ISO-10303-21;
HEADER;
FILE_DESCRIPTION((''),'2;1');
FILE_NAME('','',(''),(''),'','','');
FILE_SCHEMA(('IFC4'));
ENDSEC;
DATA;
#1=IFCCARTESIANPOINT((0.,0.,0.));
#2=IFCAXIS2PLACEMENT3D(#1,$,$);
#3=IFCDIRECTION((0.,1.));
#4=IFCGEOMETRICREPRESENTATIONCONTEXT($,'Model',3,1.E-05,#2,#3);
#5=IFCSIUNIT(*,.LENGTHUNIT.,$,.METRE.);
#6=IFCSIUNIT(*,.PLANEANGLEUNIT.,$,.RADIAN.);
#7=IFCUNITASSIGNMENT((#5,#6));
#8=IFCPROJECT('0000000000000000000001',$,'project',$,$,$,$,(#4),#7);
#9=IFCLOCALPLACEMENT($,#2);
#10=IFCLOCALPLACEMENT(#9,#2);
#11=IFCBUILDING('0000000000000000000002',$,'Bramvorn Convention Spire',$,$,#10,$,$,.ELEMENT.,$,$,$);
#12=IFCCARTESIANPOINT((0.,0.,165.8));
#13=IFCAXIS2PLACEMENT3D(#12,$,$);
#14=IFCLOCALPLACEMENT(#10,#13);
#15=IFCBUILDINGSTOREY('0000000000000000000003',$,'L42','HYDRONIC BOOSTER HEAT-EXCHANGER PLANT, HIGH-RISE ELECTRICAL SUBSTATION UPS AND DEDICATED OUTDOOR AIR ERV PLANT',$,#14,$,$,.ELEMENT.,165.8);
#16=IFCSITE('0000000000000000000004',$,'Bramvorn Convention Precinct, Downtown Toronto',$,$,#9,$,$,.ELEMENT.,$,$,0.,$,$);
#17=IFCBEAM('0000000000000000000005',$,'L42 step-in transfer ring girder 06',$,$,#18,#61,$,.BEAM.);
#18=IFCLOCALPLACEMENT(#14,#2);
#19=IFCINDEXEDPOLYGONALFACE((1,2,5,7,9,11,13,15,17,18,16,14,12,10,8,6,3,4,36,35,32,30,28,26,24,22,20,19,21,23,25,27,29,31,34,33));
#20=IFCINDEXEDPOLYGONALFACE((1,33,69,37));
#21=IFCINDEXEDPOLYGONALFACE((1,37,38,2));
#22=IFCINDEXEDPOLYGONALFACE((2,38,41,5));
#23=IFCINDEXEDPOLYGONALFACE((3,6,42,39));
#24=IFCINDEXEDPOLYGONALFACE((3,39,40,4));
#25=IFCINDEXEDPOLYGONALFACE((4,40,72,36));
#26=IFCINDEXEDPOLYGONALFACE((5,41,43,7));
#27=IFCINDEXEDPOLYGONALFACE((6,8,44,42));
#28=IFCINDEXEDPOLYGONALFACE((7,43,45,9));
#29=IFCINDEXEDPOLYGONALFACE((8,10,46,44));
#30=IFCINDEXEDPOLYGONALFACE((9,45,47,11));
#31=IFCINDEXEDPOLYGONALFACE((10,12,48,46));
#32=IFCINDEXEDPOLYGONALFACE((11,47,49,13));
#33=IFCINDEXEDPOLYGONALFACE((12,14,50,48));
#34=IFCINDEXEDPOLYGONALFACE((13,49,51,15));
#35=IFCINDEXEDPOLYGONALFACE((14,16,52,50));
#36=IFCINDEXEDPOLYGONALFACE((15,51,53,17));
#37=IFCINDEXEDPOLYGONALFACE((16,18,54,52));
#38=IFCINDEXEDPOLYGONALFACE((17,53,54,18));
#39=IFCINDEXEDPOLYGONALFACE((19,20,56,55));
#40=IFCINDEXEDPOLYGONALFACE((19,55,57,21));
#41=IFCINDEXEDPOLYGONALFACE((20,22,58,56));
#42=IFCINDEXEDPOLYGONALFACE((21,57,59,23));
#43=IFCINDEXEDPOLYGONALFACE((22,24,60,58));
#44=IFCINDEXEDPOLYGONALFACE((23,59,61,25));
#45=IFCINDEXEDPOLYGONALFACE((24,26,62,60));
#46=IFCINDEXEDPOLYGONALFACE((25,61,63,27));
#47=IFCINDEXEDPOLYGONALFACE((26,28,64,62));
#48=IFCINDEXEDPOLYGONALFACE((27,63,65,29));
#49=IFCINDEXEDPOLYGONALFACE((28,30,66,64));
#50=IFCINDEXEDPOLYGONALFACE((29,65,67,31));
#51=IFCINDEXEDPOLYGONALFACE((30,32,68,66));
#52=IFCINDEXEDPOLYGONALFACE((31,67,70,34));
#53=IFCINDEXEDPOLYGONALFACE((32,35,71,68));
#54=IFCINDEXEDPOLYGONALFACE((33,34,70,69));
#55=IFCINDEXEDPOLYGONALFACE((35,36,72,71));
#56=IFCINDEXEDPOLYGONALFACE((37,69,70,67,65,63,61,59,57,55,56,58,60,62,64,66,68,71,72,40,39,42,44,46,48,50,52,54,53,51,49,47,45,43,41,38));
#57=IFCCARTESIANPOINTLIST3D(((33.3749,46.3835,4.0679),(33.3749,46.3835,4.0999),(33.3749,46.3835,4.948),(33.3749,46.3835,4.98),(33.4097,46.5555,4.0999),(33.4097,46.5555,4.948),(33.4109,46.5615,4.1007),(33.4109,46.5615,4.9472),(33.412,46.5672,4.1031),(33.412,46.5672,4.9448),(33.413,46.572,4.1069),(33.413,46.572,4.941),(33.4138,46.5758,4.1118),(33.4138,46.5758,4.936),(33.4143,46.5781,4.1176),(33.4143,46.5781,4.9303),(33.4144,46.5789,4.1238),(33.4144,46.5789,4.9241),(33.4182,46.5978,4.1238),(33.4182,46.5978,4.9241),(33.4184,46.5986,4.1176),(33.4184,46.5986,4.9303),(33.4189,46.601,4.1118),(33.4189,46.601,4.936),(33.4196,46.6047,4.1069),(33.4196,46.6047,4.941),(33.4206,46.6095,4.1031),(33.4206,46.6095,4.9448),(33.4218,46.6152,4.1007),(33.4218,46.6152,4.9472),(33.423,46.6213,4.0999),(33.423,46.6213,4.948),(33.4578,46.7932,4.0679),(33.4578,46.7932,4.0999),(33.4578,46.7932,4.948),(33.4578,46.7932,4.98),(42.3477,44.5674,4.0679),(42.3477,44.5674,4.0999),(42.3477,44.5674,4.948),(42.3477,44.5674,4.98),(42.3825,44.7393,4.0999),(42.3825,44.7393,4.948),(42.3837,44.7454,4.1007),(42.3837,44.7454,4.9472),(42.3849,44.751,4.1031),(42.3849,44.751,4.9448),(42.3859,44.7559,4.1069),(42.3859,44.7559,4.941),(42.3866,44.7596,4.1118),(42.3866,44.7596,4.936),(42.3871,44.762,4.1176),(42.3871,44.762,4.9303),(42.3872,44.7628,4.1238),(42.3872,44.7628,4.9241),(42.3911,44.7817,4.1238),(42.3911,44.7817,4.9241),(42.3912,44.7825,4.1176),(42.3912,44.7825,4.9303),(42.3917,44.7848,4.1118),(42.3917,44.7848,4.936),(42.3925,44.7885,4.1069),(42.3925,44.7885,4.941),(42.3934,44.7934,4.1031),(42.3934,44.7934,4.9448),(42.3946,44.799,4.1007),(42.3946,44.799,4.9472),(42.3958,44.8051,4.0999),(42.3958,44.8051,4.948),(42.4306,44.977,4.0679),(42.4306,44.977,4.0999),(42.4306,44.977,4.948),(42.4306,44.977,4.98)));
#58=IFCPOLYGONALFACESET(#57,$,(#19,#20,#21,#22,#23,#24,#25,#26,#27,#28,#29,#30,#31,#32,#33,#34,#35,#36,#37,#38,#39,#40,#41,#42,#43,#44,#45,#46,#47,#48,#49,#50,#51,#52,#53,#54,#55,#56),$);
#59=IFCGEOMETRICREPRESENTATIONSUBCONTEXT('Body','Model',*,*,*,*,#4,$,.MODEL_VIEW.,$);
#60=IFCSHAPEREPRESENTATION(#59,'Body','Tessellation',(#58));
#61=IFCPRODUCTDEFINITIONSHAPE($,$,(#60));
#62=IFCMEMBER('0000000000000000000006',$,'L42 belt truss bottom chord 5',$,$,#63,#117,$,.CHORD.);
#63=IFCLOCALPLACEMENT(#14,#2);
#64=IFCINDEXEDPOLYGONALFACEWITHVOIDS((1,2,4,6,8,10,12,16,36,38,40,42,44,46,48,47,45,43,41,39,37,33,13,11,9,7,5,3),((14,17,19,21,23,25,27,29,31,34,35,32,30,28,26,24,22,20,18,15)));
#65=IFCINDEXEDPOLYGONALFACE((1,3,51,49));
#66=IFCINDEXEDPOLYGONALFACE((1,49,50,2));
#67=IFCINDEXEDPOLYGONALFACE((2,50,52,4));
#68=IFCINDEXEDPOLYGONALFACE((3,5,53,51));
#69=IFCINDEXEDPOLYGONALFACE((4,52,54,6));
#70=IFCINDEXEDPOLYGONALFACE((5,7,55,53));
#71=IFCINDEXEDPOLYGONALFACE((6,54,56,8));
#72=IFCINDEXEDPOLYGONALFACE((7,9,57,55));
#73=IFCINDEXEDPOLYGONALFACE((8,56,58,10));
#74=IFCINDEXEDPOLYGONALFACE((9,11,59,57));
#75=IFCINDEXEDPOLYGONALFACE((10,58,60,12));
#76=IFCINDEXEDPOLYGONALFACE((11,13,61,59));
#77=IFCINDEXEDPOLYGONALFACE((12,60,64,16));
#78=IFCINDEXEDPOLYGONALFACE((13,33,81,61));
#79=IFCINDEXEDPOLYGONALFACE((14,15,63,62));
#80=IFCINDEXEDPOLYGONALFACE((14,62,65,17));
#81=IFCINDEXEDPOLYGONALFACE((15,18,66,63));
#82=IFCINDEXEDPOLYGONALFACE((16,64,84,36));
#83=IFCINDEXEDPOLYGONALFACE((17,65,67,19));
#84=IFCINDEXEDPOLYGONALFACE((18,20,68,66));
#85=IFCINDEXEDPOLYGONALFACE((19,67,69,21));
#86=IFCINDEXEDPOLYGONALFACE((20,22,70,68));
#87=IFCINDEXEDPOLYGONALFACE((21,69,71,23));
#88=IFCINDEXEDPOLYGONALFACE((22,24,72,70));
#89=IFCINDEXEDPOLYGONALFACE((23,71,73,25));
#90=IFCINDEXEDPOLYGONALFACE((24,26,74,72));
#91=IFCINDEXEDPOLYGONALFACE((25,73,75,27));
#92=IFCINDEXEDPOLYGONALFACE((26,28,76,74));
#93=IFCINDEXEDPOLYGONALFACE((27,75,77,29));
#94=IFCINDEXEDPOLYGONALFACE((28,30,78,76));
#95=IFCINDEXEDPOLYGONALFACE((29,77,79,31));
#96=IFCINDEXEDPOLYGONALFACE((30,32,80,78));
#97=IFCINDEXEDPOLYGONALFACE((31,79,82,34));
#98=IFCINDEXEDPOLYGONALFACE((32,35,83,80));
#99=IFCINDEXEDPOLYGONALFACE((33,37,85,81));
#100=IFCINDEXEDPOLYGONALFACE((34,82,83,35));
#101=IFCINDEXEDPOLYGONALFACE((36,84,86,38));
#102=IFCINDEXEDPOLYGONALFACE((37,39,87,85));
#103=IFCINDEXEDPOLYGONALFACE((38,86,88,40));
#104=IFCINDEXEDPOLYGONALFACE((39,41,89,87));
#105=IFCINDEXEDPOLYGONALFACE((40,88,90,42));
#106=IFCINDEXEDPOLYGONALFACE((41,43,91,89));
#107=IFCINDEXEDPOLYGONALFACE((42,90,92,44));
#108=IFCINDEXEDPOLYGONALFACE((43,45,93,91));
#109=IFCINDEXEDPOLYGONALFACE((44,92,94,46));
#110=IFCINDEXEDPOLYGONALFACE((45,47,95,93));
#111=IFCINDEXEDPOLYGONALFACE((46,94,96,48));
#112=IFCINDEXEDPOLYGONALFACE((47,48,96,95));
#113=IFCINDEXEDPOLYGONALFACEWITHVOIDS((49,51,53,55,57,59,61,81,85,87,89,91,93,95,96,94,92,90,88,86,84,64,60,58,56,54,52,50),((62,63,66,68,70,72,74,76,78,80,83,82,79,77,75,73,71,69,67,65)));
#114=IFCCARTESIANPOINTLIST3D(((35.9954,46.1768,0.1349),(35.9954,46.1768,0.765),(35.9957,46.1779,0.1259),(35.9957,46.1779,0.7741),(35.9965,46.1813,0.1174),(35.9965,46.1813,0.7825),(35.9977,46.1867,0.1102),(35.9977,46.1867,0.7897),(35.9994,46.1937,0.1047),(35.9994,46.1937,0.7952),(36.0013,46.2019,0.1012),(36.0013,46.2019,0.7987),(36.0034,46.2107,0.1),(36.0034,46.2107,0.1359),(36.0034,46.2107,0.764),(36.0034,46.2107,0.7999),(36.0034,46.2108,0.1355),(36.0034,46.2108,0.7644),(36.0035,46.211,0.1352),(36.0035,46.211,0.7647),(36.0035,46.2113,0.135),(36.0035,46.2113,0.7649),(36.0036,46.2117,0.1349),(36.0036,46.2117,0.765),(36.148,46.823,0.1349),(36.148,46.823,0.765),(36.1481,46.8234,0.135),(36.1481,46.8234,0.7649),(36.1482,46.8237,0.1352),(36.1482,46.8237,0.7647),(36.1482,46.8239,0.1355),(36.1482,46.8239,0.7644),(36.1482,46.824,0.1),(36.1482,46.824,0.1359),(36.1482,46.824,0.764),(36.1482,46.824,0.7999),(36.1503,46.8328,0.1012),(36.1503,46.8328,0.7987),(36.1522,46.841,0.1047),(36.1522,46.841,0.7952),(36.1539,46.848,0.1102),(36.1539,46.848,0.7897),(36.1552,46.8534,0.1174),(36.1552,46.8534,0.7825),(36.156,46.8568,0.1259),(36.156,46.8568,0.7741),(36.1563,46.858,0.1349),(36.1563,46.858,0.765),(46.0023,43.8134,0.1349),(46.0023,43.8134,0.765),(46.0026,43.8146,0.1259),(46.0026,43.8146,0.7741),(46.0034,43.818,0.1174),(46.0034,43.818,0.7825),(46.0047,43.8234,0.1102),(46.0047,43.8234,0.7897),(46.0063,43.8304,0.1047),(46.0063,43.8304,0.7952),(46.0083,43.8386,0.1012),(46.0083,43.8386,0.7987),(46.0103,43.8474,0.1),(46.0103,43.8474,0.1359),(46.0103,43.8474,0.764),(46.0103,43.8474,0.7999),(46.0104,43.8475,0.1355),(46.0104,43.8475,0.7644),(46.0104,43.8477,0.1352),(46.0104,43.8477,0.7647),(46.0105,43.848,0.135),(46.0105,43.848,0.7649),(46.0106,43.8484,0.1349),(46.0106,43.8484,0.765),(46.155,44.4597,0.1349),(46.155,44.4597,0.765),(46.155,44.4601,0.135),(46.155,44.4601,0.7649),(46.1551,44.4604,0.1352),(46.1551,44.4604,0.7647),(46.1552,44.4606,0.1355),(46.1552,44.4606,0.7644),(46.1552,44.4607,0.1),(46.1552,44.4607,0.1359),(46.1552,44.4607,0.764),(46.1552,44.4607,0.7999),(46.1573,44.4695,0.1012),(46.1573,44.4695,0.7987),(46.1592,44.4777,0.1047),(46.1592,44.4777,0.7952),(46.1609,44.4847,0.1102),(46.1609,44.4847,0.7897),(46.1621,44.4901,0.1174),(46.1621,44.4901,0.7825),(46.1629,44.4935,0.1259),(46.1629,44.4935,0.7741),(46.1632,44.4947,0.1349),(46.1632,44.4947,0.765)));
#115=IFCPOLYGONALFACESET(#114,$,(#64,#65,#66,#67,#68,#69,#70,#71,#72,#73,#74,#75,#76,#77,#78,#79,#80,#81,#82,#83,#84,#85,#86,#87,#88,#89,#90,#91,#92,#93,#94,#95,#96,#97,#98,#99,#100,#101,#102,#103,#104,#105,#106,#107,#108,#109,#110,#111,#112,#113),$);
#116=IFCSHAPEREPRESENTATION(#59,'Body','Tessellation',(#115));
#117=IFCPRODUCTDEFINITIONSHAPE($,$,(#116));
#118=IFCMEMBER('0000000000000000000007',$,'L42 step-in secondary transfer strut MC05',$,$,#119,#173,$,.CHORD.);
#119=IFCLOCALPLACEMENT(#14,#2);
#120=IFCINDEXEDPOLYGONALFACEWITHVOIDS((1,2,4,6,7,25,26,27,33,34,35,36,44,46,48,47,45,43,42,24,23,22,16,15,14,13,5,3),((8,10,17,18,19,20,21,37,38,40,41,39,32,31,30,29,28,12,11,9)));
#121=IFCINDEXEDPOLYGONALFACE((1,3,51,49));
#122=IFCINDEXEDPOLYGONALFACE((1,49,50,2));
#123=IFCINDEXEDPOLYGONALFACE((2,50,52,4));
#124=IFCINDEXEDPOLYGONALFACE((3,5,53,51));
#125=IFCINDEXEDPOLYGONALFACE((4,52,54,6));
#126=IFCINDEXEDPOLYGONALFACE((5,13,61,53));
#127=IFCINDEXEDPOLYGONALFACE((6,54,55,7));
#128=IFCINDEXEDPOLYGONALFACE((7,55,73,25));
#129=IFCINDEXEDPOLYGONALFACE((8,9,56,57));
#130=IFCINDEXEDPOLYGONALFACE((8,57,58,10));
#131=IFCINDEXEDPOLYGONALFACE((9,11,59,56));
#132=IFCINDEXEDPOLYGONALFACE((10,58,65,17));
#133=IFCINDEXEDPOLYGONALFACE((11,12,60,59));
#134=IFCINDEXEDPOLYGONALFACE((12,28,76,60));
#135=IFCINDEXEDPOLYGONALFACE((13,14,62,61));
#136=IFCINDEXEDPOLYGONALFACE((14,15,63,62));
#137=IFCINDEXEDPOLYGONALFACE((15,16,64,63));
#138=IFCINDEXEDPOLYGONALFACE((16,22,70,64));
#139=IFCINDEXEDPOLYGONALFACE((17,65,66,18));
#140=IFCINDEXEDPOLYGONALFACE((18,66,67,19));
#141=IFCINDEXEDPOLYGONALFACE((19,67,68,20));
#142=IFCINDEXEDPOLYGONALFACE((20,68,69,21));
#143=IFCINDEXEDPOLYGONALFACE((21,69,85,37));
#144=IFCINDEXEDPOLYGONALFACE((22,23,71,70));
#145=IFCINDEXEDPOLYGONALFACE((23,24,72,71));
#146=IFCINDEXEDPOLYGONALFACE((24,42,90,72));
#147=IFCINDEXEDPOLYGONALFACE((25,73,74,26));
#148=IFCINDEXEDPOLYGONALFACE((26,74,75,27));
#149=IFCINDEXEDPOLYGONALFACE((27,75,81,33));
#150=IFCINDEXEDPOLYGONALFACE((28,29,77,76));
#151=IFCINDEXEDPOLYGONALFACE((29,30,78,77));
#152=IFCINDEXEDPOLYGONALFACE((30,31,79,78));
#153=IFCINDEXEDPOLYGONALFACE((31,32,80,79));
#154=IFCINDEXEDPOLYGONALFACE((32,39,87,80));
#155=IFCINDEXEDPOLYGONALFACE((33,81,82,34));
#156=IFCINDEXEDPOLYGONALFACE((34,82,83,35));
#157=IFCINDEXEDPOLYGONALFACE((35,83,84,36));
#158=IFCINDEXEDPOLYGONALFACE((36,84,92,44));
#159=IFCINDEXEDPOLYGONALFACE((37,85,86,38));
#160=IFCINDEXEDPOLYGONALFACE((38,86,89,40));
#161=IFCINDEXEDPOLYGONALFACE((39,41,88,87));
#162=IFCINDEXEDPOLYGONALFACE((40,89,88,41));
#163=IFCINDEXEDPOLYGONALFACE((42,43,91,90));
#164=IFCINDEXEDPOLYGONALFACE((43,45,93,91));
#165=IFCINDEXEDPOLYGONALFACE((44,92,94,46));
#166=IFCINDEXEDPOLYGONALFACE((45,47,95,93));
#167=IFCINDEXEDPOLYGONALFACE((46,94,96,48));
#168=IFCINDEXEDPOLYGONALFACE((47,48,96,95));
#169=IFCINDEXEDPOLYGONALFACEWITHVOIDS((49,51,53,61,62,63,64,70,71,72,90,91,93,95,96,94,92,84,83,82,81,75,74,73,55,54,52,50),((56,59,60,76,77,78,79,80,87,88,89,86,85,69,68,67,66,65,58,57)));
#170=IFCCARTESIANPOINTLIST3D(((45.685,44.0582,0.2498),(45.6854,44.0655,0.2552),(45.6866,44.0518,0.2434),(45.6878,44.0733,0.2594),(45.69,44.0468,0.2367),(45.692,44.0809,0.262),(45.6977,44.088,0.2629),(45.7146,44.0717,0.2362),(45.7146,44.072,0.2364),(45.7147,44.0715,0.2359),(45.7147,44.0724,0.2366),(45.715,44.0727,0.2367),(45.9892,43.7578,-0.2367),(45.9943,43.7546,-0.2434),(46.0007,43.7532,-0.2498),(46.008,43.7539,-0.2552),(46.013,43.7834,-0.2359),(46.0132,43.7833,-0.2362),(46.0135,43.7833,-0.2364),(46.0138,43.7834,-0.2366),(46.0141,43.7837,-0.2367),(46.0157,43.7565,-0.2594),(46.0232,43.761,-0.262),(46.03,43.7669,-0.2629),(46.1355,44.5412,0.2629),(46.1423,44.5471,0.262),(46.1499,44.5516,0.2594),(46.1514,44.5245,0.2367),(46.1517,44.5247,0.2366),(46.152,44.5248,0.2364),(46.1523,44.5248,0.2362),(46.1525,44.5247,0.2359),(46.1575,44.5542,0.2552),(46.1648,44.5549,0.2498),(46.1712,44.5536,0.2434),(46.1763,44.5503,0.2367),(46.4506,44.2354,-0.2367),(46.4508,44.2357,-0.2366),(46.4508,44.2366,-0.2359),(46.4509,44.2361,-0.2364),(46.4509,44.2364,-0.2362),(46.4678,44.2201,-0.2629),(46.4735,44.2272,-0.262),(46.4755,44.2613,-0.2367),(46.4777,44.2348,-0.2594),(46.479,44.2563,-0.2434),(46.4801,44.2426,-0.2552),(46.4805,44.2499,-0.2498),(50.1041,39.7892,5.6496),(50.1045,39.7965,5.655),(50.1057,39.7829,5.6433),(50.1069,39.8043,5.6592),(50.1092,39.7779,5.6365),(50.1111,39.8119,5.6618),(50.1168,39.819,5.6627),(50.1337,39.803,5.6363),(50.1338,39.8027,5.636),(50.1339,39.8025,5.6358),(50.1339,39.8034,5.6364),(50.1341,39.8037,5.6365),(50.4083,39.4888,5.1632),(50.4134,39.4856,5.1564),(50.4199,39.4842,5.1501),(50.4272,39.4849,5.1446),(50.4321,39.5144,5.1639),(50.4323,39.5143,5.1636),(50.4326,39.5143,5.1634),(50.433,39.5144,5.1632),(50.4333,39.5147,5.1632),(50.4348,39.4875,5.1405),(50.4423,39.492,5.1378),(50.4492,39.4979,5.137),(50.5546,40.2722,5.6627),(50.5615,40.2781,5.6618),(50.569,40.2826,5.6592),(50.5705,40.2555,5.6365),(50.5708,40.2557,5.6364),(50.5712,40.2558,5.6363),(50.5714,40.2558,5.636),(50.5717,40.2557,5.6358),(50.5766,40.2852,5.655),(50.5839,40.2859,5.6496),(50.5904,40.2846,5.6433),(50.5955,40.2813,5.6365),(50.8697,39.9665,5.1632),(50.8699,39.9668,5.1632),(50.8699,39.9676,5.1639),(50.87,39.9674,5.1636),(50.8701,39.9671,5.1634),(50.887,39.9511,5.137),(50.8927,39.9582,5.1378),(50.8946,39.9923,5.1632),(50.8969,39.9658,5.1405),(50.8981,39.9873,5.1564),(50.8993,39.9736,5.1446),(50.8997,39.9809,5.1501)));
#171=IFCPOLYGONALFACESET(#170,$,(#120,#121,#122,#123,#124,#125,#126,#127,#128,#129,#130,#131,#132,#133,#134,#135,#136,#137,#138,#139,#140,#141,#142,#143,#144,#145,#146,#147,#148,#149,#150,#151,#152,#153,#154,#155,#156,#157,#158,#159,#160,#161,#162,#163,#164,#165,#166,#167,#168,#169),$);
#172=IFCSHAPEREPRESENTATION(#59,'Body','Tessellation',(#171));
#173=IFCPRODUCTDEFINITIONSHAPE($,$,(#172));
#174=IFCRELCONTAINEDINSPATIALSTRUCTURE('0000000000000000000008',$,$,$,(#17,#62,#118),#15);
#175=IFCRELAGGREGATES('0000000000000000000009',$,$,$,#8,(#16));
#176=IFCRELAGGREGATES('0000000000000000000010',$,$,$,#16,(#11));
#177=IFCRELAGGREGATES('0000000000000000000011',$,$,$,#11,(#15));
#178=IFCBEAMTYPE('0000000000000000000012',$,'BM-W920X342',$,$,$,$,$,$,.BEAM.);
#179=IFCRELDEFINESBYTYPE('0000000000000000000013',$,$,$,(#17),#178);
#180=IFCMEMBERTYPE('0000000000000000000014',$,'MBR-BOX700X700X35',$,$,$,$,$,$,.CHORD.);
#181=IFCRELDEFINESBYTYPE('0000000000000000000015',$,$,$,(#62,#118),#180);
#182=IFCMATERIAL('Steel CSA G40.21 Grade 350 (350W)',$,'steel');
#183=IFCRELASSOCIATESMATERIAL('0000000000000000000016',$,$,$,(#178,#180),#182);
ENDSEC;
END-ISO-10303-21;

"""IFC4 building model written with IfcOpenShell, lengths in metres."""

from ifc_helpers import new_model, si_unit, direction, frame, origin, origin_2d, place, context, subcontext, project, spatial, hollow_rectangle, i_section, extrude, material, material_profile, profile_set, type_object, element, save


model = new_model("IFC4")

# Units and contexts
model_context = context("Model", 3, precision=1e-05, world=origin(), true_north=direction((0.0, 1.0)))
body_context = subcontext(model_context, "Body", "Model", "MODEL_VIEW")
ifc_project = project(units=[si_unit("LENGTHUNIT", "METRE"), si_unit("PLANEANGLEUNIT", "RADIAN")], contexts=[model_context])

# Site, building, storey
site_placement = place(None, origin())
site = spatial("IfcSite", under=ifc_project, at=site_placement, Name="Bramvorn Convention Precinct, Downtown Toronto", CompositionType="ELEMENT", RefElevation=0.0)
building_placement = place(site_placement, origin())
building = spatial("IfcBuilding", under=site, at=building_placement, Name="Bramvorn Convention Spire", CompositionType="ELEMENT")
storey_placement = place(building_placement, frame((0.0, 0.0, 165.8)))
storey = spatial("IfcBuildingStorey", under=building, at=storey_placement, Name="L42", Description="HYDRONIC BOOSTER HEAT-EXCHANGER PLANT, HIGH-RISE ELECTRICAL SUBSTATION UPS AND DEDICATED OUTDOOR AIR ERV PLANT", CompositionType="ELEMENT", Elevation=165.8)

# Shared definitions
ifc_material_1 = material(Name="Steel CSA G40.21 Grade 350 (350W)", Category="steel")

# Beam
ifc_material_profile_1 = material_profile(ifc_material_1, i_section(OverallWidth=0.418, OverallDepth=0.9121, WebThickness=0.0193, FlangeThickness=0.032, FilletRadius=0.0239, at=origin_2d()))
ifc_profile_set_1 = profile_set([ifc_material_profile_1], Name="Steel CSA G40.21 Grade 350 (350W) - W920X342")
beam_type = type_object("IfcBeamType", Name="BM-W920X342", PredefinedType="BEAM", material=ifc_profile_set_1)
beam_placement = place(storey_placement, frame((42.3892, 44.7722, 4.5239), z_axis=(-0.980125, 0.198382, 0.0), x_axis=(-0.198382, -0.980125, 0.0)))
element("IfcBeam", 1, at=beam_placement, inside=storey, type_object=beam_type, Name="L42 step-in transfer ring girder 06", PredefinedType="BEAM", context=body_context, shape_type="SweptSolid", body=[
    extrude(i_section(OverallWidth=0.418, OverallDepth=0.9121, WebThickness=0.0193, FlangeThickness=0.032, FilletRadius=0.0239, at=origin_2d()), origin(), (0.0, 0.0, 1.0), 9.1548),
])

# Members
ifc_material_profile_2 = material_profile(ifc_material_1, hollow_rectangle(XDim=0.7, YDim=0.7, WallThickness=0.0349, InnerFilletRadius=0.001, OuterFilletRadius=0.0349, at=origin_2d()))
ifc_profile_set_2 = profile_set([ifc_material_profile_2], Name="Steel CSA G40.21 Grade 350 (350W) - BOX700X700X35")
member_type_1 = type_object("IfcMemberType", Name="MBR-BOX700X700X35", PredefinedType="CHORD", material=ifc_profile_set_2)
member_1_placement = place(storey_placement, frame((46.0828, 44.1541, 0.45), z_axis=(-0.973228, 0.229844, 0.0), x_axis=(-0.229844, -0.973228, 0.0)))
element("IfcMember", 2, at=member_1_placement, inside=storey, type_object=member_type_1, Name="L42 belt truss bottom chord 5", PredefinedType="CHORD", context=body_context, shape_type="SweptSolid", body=[
    extrude(hollow_rectangle(XDim=0.7, YDim=0.7, WallThickness=0.0349, InnerFilletRadius=0.001, OuterFilletRadius=0.0349, at=origin_2d()), origin(), (0.0, 0.0, 1.0), 10.2822),
])
member_2_placement = place(storey_placement, frame((46.0828, 44.1541, 0.0), z_axis=(0.540241, -0.521886, 0.660132), x_axis=(0.694783, 0.719219, 0.0)))
element("IfcMember", 3, at=member_2_placement, inside=storey, type_object=member_type_1, Name="L42 step-in secondary transfer strut MC05", PredefinedType="CHORD", context=body_context, shape_type="SweptSolid", body=[
    extrude(hollow_rectangle(XDim=0.7, YDim=0.7, WallThickness=0.0349, InnerFilletRadius=0.001, OuterFilletRadius=0.0349, at=origin_2d()), origin(), (0.0, 0.0, 1.0), 8.1799),
])

save(model, "model.ifc")
